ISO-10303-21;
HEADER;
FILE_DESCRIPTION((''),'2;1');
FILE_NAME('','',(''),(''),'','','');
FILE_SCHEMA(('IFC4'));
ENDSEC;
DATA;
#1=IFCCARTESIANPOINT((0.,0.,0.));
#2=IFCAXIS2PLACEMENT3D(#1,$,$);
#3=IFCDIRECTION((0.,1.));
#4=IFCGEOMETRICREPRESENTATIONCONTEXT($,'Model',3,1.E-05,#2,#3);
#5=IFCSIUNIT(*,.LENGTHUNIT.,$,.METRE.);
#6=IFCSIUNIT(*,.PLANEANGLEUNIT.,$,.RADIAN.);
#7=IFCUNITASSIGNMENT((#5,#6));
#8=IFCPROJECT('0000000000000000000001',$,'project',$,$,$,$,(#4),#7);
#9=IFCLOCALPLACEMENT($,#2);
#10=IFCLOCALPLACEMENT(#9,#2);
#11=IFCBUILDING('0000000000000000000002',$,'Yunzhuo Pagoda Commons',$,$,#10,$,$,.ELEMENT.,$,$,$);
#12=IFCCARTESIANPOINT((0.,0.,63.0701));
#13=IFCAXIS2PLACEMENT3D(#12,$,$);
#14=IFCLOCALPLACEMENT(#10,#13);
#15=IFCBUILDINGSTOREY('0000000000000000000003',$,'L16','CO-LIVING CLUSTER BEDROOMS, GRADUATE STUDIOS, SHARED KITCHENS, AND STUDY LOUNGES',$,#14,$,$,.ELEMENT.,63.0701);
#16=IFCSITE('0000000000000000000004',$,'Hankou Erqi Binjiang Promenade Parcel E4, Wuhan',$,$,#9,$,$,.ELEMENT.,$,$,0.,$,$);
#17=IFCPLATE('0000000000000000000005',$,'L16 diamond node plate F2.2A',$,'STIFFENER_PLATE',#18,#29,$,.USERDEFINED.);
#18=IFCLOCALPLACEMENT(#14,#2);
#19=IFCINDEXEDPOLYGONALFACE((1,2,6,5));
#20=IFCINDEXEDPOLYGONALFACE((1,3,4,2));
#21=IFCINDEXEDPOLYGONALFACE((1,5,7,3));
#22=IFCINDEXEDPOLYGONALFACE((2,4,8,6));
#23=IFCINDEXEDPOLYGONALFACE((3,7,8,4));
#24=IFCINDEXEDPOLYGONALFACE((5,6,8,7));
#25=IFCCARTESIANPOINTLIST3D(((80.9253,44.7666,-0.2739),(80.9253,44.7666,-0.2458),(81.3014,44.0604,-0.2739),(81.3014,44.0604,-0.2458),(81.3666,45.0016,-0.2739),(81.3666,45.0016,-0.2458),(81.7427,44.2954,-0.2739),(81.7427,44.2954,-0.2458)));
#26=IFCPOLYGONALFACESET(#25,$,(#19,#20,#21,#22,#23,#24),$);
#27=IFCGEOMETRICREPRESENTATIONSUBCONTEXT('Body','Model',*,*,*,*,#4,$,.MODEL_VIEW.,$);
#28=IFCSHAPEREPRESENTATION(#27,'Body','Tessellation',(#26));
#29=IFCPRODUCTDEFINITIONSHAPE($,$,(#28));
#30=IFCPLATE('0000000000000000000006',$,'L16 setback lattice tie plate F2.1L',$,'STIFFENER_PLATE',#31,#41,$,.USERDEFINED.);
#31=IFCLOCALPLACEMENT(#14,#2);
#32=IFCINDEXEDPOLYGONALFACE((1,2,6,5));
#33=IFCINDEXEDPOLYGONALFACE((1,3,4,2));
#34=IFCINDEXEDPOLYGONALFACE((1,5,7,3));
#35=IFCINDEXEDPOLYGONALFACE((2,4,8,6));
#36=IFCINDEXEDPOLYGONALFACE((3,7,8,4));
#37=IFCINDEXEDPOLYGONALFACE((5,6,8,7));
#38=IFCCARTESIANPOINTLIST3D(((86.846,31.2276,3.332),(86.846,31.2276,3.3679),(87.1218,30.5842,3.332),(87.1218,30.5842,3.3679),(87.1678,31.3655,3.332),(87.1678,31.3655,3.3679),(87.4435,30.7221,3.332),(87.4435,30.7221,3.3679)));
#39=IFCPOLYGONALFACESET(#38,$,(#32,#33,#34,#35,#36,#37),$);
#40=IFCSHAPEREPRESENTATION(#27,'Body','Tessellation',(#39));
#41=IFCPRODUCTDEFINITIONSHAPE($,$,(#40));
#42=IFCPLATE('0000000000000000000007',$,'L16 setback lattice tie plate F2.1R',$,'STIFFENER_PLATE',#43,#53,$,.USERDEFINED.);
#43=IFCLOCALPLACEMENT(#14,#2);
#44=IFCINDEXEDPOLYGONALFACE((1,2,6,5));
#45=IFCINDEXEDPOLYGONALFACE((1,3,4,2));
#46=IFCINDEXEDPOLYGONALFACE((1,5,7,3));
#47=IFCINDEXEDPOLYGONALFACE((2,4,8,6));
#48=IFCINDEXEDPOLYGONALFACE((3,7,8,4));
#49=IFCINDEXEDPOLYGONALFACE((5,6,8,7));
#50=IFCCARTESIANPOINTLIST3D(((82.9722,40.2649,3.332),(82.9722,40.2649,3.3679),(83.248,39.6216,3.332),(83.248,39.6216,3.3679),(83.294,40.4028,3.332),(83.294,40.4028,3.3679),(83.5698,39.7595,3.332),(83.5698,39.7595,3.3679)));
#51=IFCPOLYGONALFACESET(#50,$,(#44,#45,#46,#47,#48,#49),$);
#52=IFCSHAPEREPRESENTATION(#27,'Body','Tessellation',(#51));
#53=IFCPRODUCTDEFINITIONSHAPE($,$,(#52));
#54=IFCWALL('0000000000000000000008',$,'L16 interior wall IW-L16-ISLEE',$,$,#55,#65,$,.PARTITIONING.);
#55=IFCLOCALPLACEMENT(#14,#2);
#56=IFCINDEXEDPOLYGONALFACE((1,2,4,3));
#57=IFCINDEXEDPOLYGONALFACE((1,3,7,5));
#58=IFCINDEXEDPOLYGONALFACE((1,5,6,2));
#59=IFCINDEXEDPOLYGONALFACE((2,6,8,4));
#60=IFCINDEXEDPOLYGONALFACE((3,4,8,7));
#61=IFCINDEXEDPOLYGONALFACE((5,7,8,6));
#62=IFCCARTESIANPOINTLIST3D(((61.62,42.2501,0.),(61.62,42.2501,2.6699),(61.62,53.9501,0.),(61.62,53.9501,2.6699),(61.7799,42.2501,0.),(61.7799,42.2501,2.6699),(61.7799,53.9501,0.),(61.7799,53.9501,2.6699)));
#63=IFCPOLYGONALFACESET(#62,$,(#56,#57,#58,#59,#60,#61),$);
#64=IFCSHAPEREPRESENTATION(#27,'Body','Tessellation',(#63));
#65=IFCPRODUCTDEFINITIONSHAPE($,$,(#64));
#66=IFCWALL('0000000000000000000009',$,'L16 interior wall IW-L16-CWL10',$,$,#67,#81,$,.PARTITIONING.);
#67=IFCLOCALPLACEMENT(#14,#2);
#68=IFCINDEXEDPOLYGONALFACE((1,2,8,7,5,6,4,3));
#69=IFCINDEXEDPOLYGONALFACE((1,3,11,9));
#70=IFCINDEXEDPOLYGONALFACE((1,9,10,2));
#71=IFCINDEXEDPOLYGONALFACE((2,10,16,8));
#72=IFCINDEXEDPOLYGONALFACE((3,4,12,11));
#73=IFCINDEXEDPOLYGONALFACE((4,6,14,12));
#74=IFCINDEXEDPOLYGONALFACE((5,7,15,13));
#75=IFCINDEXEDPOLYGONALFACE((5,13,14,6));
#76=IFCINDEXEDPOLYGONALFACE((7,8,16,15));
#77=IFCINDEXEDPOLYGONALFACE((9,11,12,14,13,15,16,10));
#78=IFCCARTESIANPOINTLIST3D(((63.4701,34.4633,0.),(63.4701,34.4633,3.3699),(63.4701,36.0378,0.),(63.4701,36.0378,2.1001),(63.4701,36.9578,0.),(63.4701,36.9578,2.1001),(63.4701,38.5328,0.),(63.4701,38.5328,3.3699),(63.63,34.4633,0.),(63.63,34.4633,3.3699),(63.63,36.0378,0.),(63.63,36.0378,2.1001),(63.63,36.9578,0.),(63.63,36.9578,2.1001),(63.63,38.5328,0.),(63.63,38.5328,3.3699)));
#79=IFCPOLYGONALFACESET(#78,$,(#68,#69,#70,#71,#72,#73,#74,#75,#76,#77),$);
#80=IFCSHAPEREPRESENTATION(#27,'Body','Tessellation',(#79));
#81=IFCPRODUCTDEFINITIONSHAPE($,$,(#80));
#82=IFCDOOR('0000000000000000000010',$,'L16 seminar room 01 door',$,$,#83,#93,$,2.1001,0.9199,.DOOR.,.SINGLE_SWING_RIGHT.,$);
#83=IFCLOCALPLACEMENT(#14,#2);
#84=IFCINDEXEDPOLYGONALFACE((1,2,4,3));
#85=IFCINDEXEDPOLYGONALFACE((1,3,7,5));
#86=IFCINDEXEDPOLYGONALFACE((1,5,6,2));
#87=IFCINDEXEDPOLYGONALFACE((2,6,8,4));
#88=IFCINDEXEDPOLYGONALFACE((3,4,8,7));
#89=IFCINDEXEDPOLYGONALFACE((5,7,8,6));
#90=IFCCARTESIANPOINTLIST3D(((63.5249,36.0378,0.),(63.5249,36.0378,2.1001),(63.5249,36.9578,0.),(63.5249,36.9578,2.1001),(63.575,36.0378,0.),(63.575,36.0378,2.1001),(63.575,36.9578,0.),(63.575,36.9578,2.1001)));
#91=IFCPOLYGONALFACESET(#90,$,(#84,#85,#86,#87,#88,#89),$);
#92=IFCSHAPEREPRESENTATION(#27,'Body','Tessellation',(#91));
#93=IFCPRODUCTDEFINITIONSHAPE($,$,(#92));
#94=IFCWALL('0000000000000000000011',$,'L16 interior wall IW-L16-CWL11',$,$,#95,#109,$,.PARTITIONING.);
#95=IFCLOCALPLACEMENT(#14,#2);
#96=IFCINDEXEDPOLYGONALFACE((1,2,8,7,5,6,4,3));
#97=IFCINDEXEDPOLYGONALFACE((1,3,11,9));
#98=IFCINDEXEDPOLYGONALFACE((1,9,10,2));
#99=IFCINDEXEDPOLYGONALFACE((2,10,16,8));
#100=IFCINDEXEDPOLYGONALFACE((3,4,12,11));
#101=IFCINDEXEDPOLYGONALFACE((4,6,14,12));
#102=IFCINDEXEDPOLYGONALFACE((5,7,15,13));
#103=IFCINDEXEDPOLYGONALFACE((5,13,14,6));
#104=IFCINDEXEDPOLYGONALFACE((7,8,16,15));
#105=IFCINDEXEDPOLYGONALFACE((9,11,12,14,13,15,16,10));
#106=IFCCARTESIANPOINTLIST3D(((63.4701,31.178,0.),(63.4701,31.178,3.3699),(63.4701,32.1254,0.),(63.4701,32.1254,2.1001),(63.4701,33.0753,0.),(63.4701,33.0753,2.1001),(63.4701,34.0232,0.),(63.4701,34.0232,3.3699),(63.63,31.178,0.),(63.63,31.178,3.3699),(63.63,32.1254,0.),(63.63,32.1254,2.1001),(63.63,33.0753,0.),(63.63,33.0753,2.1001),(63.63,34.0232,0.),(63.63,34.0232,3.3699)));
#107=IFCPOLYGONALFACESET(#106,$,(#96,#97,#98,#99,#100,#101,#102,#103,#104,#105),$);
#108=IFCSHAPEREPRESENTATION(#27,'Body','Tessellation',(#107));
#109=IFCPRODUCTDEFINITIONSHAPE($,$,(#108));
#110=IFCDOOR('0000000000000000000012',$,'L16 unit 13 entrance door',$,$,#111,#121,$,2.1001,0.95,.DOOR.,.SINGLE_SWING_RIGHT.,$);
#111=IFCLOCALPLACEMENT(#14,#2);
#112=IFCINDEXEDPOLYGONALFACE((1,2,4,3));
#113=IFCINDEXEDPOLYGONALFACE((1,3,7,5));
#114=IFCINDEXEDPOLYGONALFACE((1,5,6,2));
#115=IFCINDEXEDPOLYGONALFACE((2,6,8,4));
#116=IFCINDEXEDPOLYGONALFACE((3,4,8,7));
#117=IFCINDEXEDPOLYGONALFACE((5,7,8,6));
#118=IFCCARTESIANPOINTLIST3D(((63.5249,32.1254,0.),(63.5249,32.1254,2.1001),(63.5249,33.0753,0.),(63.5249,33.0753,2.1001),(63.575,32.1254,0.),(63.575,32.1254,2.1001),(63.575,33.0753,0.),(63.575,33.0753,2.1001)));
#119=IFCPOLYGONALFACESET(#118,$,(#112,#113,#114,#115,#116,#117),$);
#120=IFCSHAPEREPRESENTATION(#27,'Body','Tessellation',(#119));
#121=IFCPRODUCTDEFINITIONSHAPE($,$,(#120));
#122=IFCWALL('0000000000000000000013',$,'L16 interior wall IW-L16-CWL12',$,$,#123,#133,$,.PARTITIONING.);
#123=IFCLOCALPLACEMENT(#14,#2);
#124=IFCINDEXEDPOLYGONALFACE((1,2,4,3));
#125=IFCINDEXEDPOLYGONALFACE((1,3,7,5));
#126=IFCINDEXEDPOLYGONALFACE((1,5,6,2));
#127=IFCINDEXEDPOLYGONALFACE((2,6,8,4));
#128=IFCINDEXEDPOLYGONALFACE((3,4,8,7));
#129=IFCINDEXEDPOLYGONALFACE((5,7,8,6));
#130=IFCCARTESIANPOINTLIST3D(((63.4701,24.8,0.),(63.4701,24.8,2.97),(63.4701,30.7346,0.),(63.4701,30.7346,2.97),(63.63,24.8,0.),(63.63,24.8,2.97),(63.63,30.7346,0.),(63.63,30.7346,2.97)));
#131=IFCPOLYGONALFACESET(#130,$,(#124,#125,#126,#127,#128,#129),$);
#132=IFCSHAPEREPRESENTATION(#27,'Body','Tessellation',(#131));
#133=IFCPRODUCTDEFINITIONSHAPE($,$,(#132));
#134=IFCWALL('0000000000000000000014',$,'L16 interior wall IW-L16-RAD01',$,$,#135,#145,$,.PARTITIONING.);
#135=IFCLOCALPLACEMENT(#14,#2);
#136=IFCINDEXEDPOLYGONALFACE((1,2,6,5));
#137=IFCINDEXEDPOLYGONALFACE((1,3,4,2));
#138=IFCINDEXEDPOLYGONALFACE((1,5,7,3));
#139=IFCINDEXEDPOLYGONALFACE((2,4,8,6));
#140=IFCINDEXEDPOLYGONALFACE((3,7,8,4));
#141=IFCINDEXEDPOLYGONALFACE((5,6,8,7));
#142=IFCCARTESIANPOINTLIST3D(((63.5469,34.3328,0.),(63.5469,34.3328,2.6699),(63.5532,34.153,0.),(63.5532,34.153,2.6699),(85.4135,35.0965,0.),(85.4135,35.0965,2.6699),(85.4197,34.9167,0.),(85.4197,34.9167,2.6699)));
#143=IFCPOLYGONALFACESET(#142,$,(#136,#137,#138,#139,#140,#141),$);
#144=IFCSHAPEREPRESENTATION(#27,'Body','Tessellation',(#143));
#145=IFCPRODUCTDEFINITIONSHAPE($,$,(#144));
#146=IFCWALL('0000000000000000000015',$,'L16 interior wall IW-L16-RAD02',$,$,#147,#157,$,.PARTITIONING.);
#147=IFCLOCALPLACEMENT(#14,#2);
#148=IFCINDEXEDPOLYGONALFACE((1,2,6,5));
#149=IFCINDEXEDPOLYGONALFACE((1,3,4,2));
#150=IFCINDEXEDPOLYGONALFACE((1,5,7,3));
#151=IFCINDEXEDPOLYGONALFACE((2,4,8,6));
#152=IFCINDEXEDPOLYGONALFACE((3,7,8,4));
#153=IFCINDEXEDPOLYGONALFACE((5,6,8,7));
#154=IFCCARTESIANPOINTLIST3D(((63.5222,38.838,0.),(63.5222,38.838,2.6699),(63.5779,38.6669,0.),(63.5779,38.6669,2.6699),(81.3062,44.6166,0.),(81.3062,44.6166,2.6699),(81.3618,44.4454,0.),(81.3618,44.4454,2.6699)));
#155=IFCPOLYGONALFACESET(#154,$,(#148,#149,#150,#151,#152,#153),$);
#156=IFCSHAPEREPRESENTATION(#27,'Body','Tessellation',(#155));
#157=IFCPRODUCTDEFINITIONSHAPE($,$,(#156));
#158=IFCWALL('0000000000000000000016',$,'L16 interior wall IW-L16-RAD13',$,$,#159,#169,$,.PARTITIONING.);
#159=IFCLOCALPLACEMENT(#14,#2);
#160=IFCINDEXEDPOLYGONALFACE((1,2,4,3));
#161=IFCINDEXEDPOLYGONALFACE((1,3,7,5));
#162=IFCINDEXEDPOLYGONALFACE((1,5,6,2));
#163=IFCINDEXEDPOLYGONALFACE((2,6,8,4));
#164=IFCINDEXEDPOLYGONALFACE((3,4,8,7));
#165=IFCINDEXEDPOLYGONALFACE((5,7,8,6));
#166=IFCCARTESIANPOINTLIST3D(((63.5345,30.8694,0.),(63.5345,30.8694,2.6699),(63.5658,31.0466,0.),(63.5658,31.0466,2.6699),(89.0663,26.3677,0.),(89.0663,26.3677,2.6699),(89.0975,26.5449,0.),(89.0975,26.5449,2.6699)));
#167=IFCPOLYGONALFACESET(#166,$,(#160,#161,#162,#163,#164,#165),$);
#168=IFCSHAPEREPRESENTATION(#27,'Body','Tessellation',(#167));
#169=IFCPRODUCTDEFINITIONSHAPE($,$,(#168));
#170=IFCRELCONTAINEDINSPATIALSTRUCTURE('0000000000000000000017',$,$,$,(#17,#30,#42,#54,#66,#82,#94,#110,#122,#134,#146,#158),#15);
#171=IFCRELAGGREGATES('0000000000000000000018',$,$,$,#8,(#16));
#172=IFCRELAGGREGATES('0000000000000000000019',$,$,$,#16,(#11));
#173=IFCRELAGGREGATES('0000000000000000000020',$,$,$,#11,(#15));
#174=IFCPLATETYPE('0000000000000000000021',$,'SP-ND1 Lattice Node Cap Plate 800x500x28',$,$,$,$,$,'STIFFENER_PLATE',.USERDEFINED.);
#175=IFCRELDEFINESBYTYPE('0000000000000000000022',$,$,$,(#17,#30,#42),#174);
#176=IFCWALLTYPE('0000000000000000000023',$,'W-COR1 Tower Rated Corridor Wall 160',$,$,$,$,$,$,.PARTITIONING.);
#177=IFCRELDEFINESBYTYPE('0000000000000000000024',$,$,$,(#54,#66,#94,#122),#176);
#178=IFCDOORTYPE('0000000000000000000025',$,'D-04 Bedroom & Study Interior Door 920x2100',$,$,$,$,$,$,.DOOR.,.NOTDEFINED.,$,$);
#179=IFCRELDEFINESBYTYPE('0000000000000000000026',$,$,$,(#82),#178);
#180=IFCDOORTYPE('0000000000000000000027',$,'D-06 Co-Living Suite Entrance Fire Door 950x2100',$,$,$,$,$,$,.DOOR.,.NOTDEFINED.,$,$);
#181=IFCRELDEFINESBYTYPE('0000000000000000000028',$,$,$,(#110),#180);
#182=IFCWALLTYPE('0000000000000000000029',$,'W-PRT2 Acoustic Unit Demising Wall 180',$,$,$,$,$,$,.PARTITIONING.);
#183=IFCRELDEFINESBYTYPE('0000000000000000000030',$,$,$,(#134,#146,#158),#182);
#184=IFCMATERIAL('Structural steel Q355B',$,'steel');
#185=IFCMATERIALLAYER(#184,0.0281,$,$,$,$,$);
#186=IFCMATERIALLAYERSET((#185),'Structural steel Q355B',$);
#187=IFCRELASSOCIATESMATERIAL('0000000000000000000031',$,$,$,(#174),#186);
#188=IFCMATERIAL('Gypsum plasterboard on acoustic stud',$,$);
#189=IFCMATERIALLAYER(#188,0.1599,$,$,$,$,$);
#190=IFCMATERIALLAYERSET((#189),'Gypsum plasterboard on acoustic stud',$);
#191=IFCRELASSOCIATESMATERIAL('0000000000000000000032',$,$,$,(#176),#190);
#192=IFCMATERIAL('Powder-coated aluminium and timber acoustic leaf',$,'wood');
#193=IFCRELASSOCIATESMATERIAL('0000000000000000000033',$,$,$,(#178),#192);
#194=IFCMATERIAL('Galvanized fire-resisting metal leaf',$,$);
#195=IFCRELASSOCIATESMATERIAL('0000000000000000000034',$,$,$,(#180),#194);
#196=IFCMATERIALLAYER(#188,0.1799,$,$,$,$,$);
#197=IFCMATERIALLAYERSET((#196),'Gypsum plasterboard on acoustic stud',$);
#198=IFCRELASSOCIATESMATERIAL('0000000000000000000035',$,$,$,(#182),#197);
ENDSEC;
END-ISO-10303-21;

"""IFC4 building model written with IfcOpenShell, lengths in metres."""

from ifc_helpers import new_model, si_unit, direction, frame, frame_2d, origin, origin_with_axes, origin_2d, place, context, subcontext, project, spatial, rectangle, extrude, source, transform, mapped, material, layer, layer_set, type_object, element, fill, save


model = new_model("IFC4")

# Units and contexts
model_context = context("Model", 3, precision=1e-05, world=origin(), true_north=direction((0.0, 1.0)))
body_context = subcontext(model_context, "Body", "Model", "MODEL_VIEW")
ifc_project = project(units=[si_unit("LENGTHUNIT", "METRE"), si_unit("PLANEANGLEUNIT", "RADIAN")], contexts=[model_context])

# Site, building, storey
site_placement = place(None, origin())
site = spatial("IfcSite", under=ifc_project, at=site_placement, Name="Hankou Erqi Binjiang Promenade Parcel E4, Wuhan", CompositionType="ELEMENT", RefElevation=0.0)
building_placement = place(site_placement, origin())
building = spatial("IfcBuilding", under=site, at=building_placement, Name="Yunzhuo Pagoda Commons", CompositionType="ELEMENT")
storey_placement = place(building_placement, frame((0.0, 0.0, 63.0701)))
storey = spatial("IfcBuildingStorey", under=building, at=storey_placement, Name="L16", Description="CO-LIVING CLUSTER BEDROOMS, GRADUATE STUDIOS, SHARED KITCHENS, AND STUDY LOUNGES", CompositionType="ELEMENT", Elevation=63.0701)

# Shared definitions
ifc_material_1 = material(Name="Structural steel Q355B", Category="steel")

# Plates
ifc_layer_1 = layer(ifc_material_1, 0.0281)
ifc_layer_set_1 = layer_set([ifc_layer_1], Name="Structural steel Q355B")
plate_type_1 = type_object("IfcPlateType", Name="SP-ND1 Lattice Node Cap Plate 800x500x28", ElementType="STIFFENER_PLATE", PredefinedType="USERDEFINED", material=ifc_layer_set_1)
shared_shape_1 = source(origin(), body_context, "Body", "SweptSolid", [
    extrude(rectangle(XDim=0.8, YDim=0.5, at=origin_2d()), origin(), (0.0, 0.0, 1.0), 0.0281),
])
plate_1_placement = place(storey_placement, frame((81.334, 44.531, -0.2739), z_axis=(0.0, 0.0, 1.0), x_axis=(-0.470057, 0.882636, 0.0)))
element("IfcPlate", 1, at=plate_1_placement, inside=storey, type_object=plate_type_1, Name="L16 diamond node plate F2.2A", ObjectType="STIFFENER_PLATE", PredefinedType="USERDEFINED", context=body_context, shape_type="MappedRepresentation", body=[
    mapped(shared_shape_1, transform((0.0, 0.0, 0.0), scale=1.0)),
])
shared_shape_2 = source(origin(), body_context, "Body", "SweptSolid", [
    extrude(rectangle(XDim=0.7, YDim=0.3501, at=origin_2d()), origin(), (0.0, 0.0, 1.0), 0.0359),
])
for number, where, z_axis, x_axis, name in (
    (2, (87.1448, 30.9749, 3.332), (0.0, 0.0, 1.0), (-0.393974, 0.919122, 0.0), "L16 setback lattice tie plate F2.1L"),
    (3, (83.271, 40.0122, 3.332), (0.0, 0.0, 1.0), (-0.393974, 0.919122, 0.0), "L16 setback lattice tie plate F2.1R"),
):
    element("IfcPlate", number, at=place(storey_placement, frame(where, z_axis=z_axis, x_axis=x_axis)), inside=storey, type_object=plate_type_1, Name=name, ObjectType="STIFFENER_PLATE", PredefinedType="USERDEFINED", context=body_context, shape_type="MappedRepresentation", body=[
        mapped(shared_shape_2, transform((0.0, 0.0, 0.0), scale=1.0)),
    ])

# Wall
ifc_material_2 = material(Name="Gypsum plasterboard on acoustic stud")
ifc_layer_2 = layer(ifc_material_2, 0.1599)
ifc_layer_set_2 = layer_set([ifc_layer_2], Name="Gypsum plasterboard on acoustic stud")
wall_type_1 = type_object("IfcWallType", Name="W-COR1 Tower Rated Corridor Wall 160", PredefinedType="PARTITIONING", material=ifc_layer_set_2)
wall_1_placement = place(storey_placement, frame((61.7, 42.25, 0.0), z_axis=(0.0, 0.0, 1.0), x_axis=(0.0, 1.0, 0.0)))
element("IfcWall", 4, at=wall_1_placement, inside=storey, type_object=wall_type_1, Name="L16 interior wall IW-L16-ISLEE", PredefinedType="PARTITIONING", context=body_context, shape_type="SweptSolid", body=[
    extrude(rectangle(XDim=11.7, YDim=0.1599, at=frame_2d((5.8501, 0.0))), origin(), (0.0, 0.0, 1.0), 2.6699),
])

# Walls, openings, doors
wall_2_placement = place(storey_placement, frame((63.55, 38.5327, 0.0), z_axis=(0.0, 0.0, 1.0), x_axis=(0.0, -1.0, 0.0)))
wall_2 = element("IfcWall", 5, at=wall_2_placement, inside=storey, type_object=wall_type_1, Name="L16 interior wall IW-L16-CWL10", PredefinedType="PARTITIONING", context=body_context, shape_type="SweptSolid", body=[
    extrude(rectangle(XDim=4.0696, YDim=0.1599, at=frame_2d((2.0347, 0.0))), origin(), (0.0, 0.0, 1.0), 3.3699),
])
opening_1_placement = place(wall_2_placement, frame((1.575, 0.0, 0.0)))
opening_1 = element("IfcOpeningElement", 6, at=opening_1_placement, cuts=wall_2, PredefinedType="OPENING", context=body_context, shape_type="SweptSolid", body=[
    extrude(rectangle(XDim=0.9199, YDim=2.1001, at=frame_2d((0.46, 1.05))), frame((0.0, 0.0898, 0.0), z_axis=(0.0, -1.0, 0.0), x_axis=(1.0, 0.0, 0.0)), (0.0, 0.0, 1.0), 0.1799),
])
ifc_material_3 = material(Name="Powder-coated aluminium and timber acoustic leaf", Category="wood")
door_type_1 = type_object("IfcDoorType", Name="D-04 Bedroom & Study Interior Door 920x2100", OperationType="NOTDEFINED", PredefinedType="DOOR", material=ifc_material_3)
shared_shape_3 = source(origin(), body_context, "Body", "SweptSolid", [
    extrude(rectangle(XDim=0.9199, YDim=2.1001, at=frame_2d((0.46, 1.05))), frame((0.0, 0.0249, 0.0), z_axis=(0.0, -1.0, 0.0), x_axis=(1.0, 0.0, 0.0)), (0.0, 0.0, 1.0), 0.05),
])
door_1_placement = place(opening_1_placement, origin_with_axes())
door_1 = element("IfcDoor", 7, at=door_1_placement, inside=storey, type_object=door_type_1, Name="L16 seminar room 01 door", OperationType="SINGLE_SWING_RIGHT", OverallHeight=2.1001, OverallWidth=0.9199, PredefinedType="DOOR", context=body_context, shape_type="MappedRepresentation", body=[
    mapped(shared_shape_3, transform((0.0, 0.0, 0.0), scale=1.0)),
])
fill(opening_1, door_1)
wall_3_placement = place(storey_placement, frame((63.55, 34.0232, 0.0), z_axis=(0.0, 0.0, 1.0), x_axis=(0.0, -1.0, 0.0)))
wall_3 = element("IfcWall", 8, at=wall_3_placement, inside=storey, type_object=wall_type_1, Name="L16 interior wall IW-L16-CWL11", PredefinedType="PARTITIONING", context=body_context, shape_type="SweptSolid", body=[
    extrude(rectangle(XDim=2.8452, YDim=0.1599, at=frame_2d((1.4226, 0.0))), origin(), (0.0, 0.0, 1.0), 3.3699),
])
opening_2_placement = place(wall_3_placement, frame((0.9478, 0.0, 0.0)))
opening_2 = element("IfcOpeningElement", 9, at=opening_2_placement, cuts=wall_3, PredefinedType="OPENING", context=body_context, shape_type="SweptSolid", body=[
    extrude(rectangle(XDim=0.95, YDim=2.1001, at=frame_2d((0.4751, 1.05))), frame((0.0, 0.0898, 0.0), z_axis=(0.0, -1.0, 0.0), x_axis=(1.0, 0.0, 0.0)), (0.0, 0.0, 1.0), 0.1799),
])
ifc_material_4 = material(Name="Galvanized fire-resisting metal leaf")
door_type_2 = type_object("IfcDoorType", Name="D-06 Co-Living Suite Entrance Fire Door 950x2100", OperationType="NOTDEFINED", PredefinedType="DOOR", material=ifc_material_4)
shared_shape_4 = source(origin(), body_context, "Body", "SweptSolid", [
    extrude(rectangle(XDim=0.95, YDim=2.1001, at=frame_2d((0.4751, 1.05))), frame((0.0, 0.0249, 0.0), z_axis=(0.0, -1.0, 0.0), x_axis=(1.0, 0.0, 0.0)), (0.0, 0.0, 1.0), 0.05),
])
door_2_placement = place(opening_2_placement, origin_with_axes())
door_2 = element("IfcDoor", 10, at=door_2_placement, inside=storey, type_object=door_type_2, Name="L16 unit 13 entrance door", OperationType="SINGLE_SWING_RIGHT", OverallHeight=2.1001, OverallWidth=0.95, PredefinedType="DOOR", context=body_context, shape_type="MappedRepresentation", body=[
    mapped(shared_shape_4, transform((0.0, 0.0, 0.0), scale=1.0)),
])
fill(opening_2, door_2)

# Walls
wall_4_placement = place(storey_placement, frame((63.55, 30.7346, 0.0), z_axis=(0.0, 0.0, 1.0), x_axis=(0.0, -1.0, 0.0)))
element("IfcWall", 11, at=wall_4_placement, inside=storey, type_object=wall_type_1, Name="L16 interior wall IW-L16-CWL12", PredefinedType="PARTITIONING", context=body_context, shape_type="SweptSolid", body=[
    extrude(rectangle(XDim=5.9346, YDim=0.1599, at=frame_2d((2.9673, 0.0))), origin(), (0.0, 0.0, 1.0), 2.97),
])
ifc_layer_3 = layer(ifc_material_2, 0.1799)
ifc_layer_set_3 = layer_set([ifc_layer_3], Name="Gypsum plasterboard on acoustic stud")
wall_type_2 = type_object("IfcWallType", Name="W-PRT2 Acoustic Unit Demising Wall 180", PredefinedType="PARTITIONING", material=ifc_layer_set_3)
wall_5_placement = place(storey_placement, frame((63.55, 34.2429, 0.0), z_axis=(0.0, 0.0, 1.0), x_axis=(0.999391, 0.034903, 0.0)))
element("IfcWall", 12, at=wall_5_placement, inside=storey, type_object=wall_type_2, Name="L16 interior wall IW-L16-RAD01", PredefinedType="PARTITIONING", context=body_context, shape_type="SweptSolid", body=[
    extrude(rectangle(XDim=21.8799, YDim=0.1799, at=frame_2d((10.9399, 0.0))), origin(), (0.0, 0.0, 1.0), 2.6699),
])
wall_6_placement = place(storey_placement, frame((63.55, 38.7524, 0.0), z_axis=(0.0, 0.0, 1.0), x_axis=(0.951053, 0.309027, 0.0)))
element("IfcWall", 13, at=wall_6_placement, inside=storey, type_object=wall_type_2, Name="L16 interior wall IW-L16-RAD02", PredefinedType="PARTITIONING", context=body_context, shape_type="SweptSolid", body=[
    extrude(rectangle(XDim=18.6992, YDim=0.1799, at=frame_2d((9.3496, 0.0))), origin(), (0.0, 0.0, 1.0), 2.6699),
])
wall_7_placement = place(storey_placement, frame((63.55, 30.958, 0.0), z_axis=(0.0, 0.0, 1.0), x_axis=(0.984809, -0.17364, 0.0)))
element("IfcWall", 14, at=wall_7_placement, inside=storey, type_object=wall_type_2, Name="L16 interior wall IW-L16-RAD13", PredefinedType="PARTITIONING", context=body_context, shape_type="SweptSolid", body=[
    extrude(rectangle(XDim=25.9255, YDim=0.1799, at=frame_2d((12.9629, 0.0))), origin(), (0.0, 0.0, 1.0), 2.6699),
])

save(model, "model.ifc")
